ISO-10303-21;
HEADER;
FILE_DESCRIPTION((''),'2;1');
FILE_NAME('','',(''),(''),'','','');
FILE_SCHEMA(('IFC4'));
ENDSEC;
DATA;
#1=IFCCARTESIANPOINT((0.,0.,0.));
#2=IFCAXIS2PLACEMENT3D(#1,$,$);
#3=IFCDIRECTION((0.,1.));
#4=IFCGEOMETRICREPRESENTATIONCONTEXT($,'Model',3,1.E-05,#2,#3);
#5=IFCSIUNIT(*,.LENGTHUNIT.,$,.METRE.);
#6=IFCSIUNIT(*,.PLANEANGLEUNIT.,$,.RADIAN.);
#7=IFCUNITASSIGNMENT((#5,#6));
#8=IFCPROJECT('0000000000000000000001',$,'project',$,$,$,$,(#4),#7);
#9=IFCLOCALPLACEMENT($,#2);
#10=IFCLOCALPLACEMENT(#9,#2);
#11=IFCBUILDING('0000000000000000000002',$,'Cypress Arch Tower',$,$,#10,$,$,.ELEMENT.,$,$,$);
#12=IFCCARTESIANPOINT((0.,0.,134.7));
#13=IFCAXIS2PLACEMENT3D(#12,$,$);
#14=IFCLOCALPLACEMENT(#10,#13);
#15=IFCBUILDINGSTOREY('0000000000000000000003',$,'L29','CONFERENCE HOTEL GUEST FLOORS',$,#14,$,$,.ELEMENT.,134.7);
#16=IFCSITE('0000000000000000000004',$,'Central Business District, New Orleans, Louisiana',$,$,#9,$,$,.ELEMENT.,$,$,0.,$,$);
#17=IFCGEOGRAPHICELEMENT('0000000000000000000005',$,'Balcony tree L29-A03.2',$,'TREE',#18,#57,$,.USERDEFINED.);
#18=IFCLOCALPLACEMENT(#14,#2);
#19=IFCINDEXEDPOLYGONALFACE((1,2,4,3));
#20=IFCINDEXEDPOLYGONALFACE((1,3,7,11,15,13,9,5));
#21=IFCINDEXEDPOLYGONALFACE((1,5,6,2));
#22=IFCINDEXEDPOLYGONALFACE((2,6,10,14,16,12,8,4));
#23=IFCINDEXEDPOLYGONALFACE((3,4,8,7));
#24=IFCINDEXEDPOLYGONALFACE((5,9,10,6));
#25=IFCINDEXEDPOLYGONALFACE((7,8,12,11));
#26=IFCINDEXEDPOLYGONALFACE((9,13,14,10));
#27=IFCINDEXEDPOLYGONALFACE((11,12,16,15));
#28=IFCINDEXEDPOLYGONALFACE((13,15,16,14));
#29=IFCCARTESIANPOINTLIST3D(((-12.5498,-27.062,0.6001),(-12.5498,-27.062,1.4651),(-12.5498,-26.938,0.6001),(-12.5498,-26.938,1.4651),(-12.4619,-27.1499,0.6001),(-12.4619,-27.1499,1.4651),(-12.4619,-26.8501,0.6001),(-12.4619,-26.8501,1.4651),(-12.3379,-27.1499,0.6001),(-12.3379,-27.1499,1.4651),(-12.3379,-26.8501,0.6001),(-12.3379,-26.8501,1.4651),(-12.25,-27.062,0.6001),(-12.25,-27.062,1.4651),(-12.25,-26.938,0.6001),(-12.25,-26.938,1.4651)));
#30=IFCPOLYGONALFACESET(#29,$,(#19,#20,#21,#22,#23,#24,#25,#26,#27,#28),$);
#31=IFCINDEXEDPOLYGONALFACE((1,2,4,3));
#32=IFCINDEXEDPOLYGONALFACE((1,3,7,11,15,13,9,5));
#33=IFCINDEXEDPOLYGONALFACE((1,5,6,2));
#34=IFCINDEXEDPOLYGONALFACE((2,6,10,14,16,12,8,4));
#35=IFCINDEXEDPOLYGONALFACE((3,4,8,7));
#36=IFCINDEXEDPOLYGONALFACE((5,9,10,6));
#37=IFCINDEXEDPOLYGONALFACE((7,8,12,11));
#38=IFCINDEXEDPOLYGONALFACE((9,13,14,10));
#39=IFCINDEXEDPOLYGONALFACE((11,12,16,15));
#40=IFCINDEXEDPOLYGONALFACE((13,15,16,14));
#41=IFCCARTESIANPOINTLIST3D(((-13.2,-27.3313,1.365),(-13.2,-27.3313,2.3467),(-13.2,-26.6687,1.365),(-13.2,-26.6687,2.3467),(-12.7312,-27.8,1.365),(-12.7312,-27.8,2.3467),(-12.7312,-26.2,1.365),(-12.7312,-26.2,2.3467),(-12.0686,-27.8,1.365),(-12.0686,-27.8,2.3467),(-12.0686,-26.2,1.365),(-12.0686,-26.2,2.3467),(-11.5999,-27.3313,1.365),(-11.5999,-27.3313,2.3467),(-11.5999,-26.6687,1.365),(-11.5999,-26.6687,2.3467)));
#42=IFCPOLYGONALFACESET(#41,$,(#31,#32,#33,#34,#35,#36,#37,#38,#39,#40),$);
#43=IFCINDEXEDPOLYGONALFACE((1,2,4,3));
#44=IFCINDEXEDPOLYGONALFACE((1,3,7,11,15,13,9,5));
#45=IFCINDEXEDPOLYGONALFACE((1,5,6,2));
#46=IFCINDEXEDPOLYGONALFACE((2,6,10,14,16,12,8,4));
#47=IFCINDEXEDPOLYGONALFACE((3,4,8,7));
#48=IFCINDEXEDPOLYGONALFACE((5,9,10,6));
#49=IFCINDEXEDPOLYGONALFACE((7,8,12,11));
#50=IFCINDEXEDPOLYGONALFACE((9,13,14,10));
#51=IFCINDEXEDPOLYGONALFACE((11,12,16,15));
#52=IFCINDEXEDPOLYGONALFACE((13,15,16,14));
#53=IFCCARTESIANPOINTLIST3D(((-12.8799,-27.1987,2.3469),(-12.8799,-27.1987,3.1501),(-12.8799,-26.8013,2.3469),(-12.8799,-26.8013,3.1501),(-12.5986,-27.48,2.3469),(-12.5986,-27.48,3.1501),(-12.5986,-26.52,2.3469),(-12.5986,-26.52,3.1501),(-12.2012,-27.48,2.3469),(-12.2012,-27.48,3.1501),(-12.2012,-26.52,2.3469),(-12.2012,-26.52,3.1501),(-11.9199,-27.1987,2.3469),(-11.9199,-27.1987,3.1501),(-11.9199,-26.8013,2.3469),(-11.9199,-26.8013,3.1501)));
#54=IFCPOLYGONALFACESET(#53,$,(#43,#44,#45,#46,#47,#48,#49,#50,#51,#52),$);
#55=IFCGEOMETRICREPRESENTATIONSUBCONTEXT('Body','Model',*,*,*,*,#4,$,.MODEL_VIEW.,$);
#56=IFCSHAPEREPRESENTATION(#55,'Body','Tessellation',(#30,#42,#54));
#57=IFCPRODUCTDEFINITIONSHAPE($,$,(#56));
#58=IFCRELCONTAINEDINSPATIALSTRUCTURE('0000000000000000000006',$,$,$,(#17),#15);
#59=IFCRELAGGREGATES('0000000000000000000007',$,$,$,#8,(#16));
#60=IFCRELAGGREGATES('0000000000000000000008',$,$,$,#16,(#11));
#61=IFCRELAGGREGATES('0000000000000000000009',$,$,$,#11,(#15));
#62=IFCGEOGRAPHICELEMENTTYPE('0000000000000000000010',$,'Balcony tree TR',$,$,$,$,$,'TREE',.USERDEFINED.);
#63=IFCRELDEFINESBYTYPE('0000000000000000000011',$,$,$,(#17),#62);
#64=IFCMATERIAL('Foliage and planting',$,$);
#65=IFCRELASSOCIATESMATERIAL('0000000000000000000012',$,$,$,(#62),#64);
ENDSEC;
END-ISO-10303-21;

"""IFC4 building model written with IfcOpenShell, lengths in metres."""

from ifc_helpers import new_model, si_unit, direction, frame, origin, place, context, subcontext, project, spatial, polyline, outline, extrude, material, type_object, element, save


model = new_model("IFC4")

# Units and contexts
model_context = context("Model", 3, precision=1e-05, world=origin(), true_north=direction((0.0, 1.0)))
body_context = subcontext(model_context, "Body", "Model", "MODEL_VIEW")
ifc_project = project(units=[si_unit("LENGTHUNIT", "METRE"), si_unit("PLANEANGLEUNIT", "RADIAN")], contexts=[model_context])

# Site, building, storey
site_placement = place(None, origin())
site = spatial("IfcSite", under=ifc_project, at=site_placement, Name="Central Business District, New Orleans, Louisiana", CompositionType="ELEMENT", RefElevation=0.0)
building_placement = place(site_placement, origin())
building = spatial("IfcBuilding", under=site, at=building_placement, Name="Cypress Arch Tower", CompositionType="ELEMENT")
storey_placement = place(building_placement, frame((0.0, 0.0, 134.7)))
storey = spatial("IfcBuildingStorey", under=building, at=storey_placement, Name="L29", Description="CONFERENCE HOTEL GUEST FLOORS", CompositionType="ELEMENT", Elevation=134.7)

# Geographic element
ifc_material_1 = material(Name="Foliage and planting")
geographic_element_type = type_object("IfcGeographicElementType", Name="Balcony tree TR", ElementType="TREE", PredefinedType="USERDEFINED", material=ifc_material_1)
geographic_element_placement = place(storey_placement, frame((-12.3999, -27.0, 0.6001), z_axis=(0.0, 0.0, 1.0), x_axis=(1.0, 0.0, 0.0)))
element("IfcGeographicElement", 1, at=geographic_element_placement, inside=storey, type_object=geographic_element_type, Name="Balcony tree L29-A03.2", ObjectType="TREE", PredefinedType="USERDEFINED", context=body_context, shape_type="SweptSolid", body=[
    extrude(outline(polyline([(0.1499, 0.062), (0.062, 0.1499), (-0.062, 0.1499), (-0.1499, 0.062), (-0.1499, -0.062), (-0.062, -0.1499), (0.062, -0.1499), (0.1499, -0.062), (0.1499, 0.062)])), origin(), (0.0, 0.0, 1.0), 0.865),
    extrude(outline(polyline([(0.8, 0.3313), (0.3313, 0.8), (-0.3313, 0.8), (-0.8, 0.3313), (-0.8, -0.3313), (-0.3313, -0.8), (0.3313, -0.8), (0.8, -0.3313), (0.8, 0.3313)])), frame((0.0, 0.0, 0.7649)), (0.0, 0.0, 1.0), 0.9817),
    extrude(outline(polyline([(0.48, 0.1987), (0.1987, 0.48), (-0.1987, 0.48), (-0.48, 0.1987), (-0.48, -0.1987), (-0.1987, -0.48), (0.1987, -0.48), (0.48, -0.1987), (0.48, 0.1987)])), frame((0.0, 0.0, 1.7468)), (0.0, 0.0, 1.0), 0.8032),
])

save(model, "model.ifc")
